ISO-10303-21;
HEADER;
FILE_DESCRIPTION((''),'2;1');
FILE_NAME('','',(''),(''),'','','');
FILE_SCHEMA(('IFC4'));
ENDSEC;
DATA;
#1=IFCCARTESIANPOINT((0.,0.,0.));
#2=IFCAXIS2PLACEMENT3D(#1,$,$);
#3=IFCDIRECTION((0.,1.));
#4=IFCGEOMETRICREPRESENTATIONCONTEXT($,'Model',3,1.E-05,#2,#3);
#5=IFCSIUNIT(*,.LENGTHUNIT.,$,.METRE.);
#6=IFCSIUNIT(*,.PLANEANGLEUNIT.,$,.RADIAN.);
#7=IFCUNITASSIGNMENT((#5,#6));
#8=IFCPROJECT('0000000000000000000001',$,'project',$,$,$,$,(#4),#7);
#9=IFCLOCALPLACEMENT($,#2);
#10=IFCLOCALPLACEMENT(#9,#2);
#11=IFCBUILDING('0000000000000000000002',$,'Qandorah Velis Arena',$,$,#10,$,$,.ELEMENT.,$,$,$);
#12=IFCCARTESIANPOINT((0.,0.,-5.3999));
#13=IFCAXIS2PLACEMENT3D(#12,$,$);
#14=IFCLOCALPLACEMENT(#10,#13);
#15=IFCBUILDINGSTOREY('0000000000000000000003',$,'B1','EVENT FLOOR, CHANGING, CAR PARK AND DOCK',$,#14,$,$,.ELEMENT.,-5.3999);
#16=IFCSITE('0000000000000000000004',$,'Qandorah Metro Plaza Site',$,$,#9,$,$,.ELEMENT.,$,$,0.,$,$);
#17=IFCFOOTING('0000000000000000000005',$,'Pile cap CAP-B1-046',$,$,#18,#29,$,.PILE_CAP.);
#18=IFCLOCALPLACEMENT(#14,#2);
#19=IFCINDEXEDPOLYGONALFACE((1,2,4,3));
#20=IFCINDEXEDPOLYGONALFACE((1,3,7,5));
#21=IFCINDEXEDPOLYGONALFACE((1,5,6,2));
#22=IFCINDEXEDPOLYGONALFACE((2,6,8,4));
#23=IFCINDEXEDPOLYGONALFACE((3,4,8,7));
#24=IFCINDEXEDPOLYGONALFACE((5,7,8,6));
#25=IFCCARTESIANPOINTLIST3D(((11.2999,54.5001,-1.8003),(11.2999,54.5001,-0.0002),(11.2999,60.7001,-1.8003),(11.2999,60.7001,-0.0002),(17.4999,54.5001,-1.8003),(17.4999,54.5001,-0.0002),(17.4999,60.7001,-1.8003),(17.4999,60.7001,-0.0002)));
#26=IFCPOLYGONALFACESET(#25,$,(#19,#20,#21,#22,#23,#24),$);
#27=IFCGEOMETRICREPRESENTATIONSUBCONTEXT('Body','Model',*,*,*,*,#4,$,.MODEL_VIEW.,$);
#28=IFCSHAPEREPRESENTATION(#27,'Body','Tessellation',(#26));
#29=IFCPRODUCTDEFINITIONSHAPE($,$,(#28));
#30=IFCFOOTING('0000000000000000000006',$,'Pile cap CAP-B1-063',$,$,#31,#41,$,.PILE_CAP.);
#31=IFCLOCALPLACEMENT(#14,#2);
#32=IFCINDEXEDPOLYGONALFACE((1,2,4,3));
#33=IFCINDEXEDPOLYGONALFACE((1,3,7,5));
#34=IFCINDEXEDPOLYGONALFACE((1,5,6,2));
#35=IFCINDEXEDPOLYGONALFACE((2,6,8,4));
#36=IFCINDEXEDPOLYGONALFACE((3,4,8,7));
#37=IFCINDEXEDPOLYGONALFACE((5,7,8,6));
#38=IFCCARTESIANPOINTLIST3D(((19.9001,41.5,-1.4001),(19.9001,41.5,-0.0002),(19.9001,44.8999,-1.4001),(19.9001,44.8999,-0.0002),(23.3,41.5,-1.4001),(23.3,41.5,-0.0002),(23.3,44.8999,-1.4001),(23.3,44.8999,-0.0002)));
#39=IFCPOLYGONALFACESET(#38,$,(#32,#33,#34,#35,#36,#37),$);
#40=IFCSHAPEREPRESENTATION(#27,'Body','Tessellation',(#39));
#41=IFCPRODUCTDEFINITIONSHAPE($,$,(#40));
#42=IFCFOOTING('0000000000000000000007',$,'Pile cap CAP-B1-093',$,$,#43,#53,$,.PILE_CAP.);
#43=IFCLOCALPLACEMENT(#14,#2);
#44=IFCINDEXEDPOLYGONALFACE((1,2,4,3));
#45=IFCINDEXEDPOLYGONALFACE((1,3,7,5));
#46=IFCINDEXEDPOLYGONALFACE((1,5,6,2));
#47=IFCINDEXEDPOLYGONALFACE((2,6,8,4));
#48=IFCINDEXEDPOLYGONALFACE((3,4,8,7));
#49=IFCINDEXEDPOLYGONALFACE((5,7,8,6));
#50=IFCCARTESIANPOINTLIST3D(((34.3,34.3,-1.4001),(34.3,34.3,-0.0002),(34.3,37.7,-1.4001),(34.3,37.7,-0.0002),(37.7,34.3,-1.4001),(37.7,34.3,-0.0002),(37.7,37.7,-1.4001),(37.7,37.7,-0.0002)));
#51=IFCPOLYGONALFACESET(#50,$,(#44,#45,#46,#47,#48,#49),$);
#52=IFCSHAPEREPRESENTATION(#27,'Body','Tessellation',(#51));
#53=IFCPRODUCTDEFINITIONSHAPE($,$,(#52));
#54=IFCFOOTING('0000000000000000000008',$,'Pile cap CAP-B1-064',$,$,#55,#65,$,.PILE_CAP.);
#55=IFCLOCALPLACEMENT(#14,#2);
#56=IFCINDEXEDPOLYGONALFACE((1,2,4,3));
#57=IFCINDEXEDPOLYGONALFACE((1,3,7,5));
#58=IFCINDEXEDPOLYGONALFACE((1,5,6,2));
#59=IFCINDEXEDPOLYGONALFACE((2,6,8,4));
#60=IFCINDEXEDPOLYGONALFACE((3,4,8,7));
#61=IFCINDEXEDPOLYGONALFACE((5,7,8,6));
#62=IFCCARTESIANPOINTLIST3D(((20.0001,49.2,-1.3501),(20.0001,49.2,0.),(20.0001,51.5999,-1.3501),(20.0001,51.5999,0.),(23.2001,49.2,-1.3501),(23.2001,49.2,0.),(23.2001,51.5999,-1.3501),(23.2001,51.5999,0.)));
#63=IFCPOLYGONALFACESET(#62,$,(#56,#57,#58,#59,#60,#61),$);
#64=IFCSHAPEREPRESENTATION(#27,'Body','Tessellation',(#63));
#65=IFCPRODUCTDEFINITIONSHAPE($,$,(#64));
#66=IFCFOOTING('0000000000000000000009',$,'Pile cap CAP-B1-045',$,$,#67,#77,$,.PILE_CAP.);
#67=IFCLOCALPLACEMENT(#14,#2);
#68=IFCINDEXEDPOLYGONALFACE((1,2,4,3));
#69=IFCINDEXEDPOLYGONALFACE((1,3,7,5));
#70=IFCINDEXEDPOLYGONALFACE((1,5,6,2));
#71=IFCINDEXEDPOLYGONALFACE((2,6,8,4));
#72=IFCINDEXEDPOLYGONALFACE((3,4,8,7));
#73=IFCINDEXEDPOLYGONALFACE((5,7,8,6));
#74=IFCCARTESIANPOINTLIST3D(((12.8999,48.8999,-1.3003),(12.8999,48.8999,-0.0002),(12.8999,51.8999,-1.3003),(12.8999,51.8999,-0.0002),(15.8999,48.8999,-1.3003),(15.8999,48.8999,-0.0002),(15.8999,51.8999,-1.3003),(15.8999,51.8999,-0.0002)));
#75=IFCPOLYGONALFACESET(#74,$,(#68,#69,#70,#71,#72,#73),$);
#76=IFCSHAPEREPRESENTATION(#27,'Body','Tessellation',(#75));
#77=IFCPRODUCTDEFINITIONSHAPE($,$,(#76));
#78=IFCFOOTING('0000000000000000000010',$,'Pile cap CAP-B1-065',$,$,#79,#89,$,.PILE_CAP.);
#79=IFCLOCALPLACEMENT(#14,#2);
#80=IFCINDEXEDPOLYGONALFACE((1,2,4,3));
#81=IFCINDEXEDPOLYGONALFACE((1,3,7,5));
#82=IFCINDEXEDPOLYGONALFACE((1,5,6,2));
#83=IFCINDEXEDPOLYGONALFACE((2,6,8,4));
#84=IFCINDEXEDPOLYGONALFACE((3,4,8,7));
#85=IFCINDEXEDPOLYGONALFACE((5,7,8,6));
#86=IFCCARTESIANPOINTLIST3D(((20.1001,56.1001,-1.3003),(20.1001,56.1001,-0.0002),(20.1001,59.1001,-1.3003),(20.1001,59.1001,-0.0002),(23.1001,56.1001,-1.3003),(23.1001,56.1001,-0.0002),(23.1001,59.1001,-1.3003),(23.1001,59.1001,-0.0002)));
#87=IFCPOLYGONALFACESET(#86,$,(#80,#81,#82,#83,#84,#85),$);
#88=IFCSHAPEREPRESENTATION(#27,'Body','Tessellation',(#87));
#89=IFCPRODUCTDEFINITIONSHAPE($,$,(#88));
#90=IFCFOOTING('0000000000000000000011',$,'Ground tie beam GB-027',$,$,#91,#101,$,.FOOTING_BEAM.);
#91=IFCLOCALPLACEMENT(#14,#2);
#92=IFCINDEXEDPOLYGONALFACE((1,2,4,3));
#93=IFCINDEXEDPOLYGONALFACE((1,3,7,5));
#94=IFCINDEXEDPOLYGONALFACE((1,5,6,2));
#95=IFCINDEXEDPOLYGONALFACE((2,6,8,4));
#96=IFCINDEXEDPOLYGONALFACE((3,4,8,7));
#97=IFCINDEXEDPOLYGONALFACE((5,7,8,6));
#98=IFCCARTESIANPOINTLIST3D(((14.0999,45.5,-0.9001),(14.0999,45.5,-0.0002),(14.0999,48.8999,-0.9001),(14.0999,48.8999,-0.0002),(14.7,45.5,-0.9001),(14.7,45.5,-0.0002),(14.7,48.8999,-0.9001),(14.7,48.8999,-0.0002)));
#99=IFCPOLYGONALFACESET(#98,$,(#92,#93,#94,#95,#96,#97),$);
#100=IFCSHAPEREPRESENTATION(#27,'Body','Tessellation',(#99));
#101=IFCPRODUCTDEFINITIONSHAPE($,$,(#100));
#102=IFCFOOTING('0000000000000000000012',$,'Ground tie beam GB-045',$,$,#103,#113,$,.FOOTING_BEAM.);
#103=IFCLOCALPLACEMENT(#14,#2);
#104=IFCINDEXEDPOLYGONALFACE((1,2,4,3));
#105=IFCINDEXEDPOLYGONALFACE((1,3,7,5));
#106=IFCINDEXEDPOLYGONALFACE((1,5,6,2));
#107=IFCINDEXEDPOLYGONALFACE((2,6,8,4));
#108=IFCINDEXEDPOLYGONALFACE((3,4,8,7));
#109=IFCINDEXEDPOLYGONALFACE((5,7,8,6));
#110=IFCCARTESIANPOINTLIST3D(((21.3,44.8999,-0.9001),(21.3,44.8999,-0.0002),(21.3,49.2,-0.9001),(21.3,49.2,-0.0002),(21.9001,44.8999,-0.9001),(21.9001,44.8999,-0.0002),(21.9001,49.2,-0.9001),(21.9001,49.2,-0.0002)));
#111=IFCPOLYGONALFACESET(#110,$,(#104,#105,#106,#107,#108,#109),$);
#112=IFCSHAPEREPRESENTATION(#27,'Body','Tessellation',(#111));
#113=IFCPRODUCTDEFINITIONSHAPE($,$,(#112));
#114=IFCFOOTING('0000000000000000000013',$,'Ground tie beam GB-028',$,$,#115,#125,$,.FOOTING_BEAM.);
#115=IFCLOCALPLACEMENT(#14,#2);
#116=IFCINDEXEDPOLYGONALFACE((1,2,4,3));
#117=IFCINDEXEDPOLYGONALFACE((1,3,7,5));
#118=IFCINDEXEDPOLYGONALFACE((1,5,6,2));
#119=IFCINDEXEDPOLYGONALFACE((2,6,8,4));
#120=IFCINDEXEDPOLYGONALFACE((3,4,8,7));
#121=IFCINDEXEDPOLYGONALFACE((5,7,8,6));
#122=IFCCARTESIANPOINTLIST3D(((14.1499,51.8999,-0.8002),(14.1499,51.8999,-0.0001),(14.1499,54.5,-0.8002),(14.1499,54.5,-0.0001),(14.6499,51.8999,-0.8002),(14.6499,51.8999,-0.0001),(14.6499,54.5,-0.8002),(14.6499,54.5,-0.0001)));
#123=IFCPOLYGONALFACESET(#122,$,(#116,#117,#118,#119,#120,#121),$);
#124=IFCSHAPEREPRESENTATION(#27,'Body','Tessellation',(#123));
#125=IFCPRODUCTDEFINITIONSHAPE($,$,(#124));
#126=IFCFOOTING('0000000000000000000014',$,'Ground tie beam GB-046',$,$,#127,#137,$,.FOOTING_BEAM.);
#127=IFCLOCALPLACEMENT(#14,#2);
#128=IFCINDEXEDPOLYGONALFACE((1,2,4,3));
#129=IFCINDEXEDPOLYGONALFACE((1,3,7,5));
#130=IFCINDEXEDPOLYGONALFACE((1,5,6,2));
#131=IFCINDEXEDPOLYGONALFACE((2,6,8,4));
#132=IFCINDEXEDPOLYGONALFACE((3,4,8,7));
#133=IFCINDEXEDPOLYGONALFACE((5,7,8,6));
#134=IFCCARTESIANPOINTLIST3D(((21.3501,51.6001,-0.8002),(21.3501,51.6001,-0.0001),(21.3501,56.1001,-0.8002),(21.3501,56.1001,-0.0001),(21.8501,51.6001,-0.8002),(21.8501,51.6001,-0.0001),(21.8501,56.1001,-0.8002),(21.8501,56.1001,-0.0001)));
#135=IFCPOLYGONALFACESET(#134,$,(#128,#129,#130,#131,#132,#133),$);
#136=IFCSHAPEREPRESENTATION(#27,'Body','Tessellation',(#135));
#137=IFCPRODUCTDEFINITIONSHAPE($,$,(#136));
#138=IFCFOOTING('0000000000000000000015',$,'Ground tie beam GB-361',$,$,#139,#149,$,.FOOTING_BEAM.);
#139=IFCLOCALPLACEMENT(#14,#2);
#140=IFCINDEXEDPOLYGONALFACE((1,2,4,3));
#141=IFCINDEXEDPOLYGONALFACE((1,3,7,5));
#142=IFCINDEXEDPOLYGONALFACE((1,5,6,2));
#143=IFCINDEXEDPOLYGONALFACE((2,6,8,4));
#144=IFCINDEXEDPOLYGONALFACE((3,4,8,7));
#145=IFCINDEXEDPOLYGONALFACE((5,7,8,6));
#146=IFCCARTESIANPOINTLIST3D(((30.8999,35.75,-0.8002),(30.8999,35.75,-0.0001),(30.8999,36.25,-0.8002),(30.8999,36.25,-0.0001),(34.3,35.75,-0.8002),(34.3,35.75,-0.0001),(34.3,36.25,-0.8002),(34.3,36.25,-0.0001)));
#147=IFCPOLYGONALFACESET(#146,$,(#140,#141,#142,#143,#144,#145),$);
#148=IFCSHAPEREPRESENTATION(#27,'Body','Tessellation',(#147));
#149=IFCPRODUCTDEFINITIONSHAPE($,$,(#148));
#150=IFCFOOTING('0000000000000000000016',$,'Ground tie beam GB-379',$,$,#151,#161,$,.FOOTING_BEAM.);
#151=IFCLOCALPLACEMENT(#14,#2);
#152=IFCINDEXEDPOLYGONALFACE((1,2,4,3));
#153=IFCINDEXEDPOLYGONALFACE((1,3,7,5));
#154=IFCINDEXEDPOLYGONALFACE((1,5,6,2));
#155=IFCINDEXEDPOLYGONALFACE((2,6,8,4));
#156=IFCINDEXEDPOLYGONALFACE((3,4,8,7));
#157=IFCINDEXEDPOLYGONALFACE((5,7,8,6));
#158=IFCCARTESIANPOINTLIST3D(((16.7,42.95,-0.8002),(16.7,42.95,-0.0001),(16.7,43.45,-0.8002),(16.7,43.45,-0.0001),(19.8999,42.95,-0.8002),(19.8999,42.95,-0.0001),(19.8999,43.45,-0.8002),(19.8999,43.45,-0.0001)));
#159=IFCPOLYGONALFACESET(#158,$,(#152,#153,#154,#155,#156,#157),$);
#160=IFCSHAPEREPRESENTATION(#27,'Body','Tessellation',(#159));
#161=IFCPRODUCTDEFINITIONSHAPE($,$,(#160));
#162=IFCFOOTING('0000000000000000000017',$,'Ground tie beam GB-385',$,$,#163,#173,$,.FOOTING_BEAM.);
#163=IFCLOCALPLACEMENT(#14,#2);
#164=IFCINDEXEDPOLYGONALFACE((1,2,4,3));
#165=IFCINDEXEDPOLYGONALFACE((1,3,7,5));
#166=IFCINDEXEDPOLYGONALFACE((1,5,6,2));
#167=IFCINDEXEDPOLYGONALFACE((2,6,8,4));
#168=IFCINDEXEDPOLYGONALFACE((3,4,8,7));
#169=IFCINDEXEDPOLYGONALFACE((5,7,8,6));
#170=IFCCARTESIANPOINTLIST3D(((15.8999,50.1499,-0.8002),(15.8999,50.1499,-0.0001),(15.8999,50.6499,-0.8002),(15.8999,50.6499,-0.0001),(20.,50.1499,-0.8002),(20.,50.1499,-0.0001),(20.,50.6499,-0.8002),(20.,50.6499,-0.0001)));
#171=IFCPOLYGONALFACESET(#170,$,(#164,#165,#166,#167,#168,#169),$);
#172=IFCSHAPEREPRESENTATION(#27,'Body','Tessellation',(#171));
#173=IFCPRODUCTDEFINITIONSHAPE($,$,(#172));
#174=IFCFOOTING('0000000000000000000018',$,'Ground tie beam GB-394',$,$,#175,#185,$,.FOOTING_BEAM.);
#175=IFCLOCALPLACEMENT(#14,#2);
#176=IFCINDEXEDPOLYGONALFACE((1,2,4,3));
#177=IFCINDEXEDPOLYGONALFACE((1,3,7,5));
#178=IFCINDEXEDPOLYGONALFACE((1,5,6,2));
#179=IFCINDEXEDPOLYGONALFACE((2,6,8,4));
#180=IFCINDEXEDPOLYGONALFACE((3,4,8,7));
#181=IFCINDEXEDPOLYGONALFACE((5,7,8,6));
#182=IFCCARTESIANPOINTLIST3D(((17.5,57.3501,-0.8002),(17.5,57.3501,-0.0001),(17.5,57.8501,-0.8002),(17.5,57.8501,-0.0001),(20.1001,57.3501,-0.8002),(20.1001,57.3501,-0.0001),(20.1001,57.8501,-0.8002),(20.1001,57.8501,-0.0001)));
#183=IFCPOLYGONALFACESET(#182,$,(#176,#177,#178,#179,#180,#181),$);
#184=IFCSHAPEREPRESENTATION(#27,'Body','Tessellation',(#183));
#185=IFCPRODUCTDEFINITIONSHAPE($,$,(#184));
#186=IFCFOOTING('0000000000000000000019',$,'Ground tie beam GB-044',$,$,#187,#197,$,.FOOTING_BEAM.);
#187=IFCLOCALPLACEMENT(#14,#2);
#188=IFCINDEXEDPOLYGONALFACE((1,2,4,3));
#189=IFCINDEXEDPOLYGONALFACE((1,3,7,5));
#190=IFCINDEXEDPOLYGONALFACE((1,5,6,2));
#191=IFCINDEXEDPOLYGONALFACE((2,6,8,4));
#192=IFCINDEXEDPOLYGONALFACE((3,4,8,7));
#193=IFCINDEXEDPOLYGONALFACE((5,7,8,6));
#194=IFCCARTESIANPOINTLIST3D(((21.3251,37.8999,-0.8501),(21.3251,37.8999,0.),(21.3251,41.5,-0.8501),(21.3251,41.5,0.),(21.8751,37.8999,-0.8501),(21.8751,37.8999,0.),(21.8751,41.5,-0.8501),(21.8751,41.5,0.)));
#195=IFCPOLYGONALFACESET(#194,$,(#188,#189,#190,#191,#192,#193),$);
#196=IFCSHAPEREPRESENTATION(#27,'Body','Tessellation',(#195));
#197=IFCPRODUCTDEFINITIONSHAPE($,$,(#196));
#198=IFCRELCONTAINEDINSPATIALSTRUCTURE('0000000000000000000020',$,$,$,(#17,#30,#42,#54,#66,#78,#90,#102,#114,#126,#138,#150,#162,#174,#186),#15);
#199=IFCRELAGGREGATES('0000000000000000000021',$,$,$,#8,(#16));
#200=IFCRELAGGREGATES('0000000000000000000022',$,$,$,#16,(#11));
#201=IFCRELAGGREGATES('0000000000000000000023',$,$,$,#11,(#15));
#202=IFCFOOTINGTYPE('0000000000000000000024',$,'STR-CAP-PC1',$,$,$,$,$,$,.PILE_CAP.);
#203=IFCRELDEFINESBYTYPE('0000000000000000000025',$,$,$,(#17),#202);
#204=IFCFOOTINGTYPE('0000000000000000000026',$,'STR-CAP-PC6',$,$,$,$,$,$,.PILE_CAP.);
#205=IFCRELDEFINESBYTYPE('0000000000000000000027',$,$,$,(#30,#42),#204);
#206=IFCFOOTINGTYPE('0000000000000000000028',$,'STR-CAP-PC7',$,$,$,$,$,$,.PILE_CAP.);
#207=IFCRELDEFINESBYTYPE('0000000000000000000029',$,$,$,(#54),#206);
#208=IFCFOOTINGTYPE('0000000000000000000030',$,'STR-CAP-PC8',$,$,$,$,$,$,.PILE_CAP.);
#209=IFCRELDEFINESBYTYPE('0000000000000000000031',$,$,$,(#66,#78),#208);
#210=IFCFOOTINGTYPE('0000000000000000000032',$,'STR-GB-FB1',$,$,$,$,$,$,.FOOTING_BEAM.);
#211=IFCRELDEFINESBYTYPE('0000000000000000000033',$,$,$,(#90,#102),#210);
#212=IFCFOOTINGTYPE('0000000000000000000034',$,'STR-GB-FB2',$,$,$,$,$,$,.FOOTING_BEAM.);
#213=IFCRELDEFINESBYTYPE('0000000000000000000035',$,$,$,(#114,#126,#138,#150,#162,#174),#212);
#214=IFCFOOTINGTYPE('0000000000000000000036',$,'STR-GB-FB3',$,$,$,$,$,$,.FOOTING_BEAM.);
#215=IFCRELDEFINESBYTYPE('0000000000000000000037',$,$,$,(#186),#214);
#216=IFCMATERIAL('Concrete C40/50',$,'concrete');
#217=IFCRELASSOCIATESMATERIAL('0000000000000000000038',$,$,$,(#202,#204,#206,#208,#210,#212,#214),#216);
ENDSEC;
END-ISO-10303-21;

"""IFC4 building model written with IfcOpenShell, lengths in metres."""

from ifc_helpers import new_model, si_unit, direction, frame, origin, origin_2d, place, context, subcontext, project, spatial, rectangle, extrude, material, material_profile, profile_set, type_object, element, save


model = new_model("IFC4")

# Units and contexts
model_context = context("Model", 3, precision=1e-05, world=origin(), true_north=direction((0.0, 1.0)))
body_context = subcontext(model_context, "Body", "Model", "MODEL_VIEW")
ifc_project = project(units=[si_unit("LENGTHUNIT", "METRE"), si_unit("PLANEANGLEUNIT", "RADIAN")], contexts=[model_context])

# Site, building, storey
site_placement = place(None, origin())
site = spatial("IfcSite", under=ifc_project, at=site_placement, Name="Qandorah Metro Plaza Site", CompositionType="ELEMENT", RefElevation=0.0)
building_placement = place(site_placement, origin())
building = spatial("IfcBuilding", under=site, at=building_placement, Name="Qandorah Velis Arena", CompositionType="ELEMENT")
storey_placement = place(building_placement, frame((0.0, 0.0, -5.3999)))
storey = spatial("IfcBuildingStorey", under=building, at=storey_placement, Name="B1", Description="EVENT FLOOR, CHANGING, CAR PARK AND DOCK", CompositionType="ELEMENT", Elevation=-5.3999)

# Footings
ifc_material_1 = material(Name="Concrete C40/50", Category="concrete")
footing_type_1 = type_object("IfcFootingType", Name="STR-CAP-PC1", PredefinedType="PILE_CAP", material=ifc_material_1)
footing_1_placement = place(storey_placement, frame((14.3999, 57.6001, -1.8003), z_axis=(0.0, 0.0, 1.0), x_axis=(1.0, 0.0, 0.0)))
element("IfcFooting", 1, at=footing_1_placement, inside=storey, type_object=footing_type_1, Name="Pile cap CAP-B1-046", PredefinedType="PILE_CAP", context=body_context, shape_type="SweptSolid", body=[
    extrude(rectangle(XDim=6.2, YDim=6.2, at=origin_2d()), origin(), (0.0, 0.0, 1.0), 1.8),
])
footing_type_2 = type_object("IfcFootingType", Name="STR-CAP-PC6", PredefinedType="PILE_CAP", material=ifc_material_1)
for number, where, z_axis, x_axis, name in (
    (2, (21.6001, 43.2, -1.4001), (0.0, 0.0, 1.0), (1.0, 0.0, 0.0), "Pile cap CAP-B1-063"),
    (3, (36.0, 36.0, -1.4001), (0.0, 0.0, 1.0), (1.0, 0.0, 0.0), "Pile cap CAP-B1-093"),
):
    element("IfcFooting", number, at=place(storey_placement, frame(where, z_axis=z_axis, x_axis=x_axis)), inside=storey, type_object=footing_type_2, Name=name, PredefinedType="PILE_CAP", context=body_context, shape_type="SweptSolid", body=[
        extrude(rectangle(XDim=3.3999, YDim=3.3999, at=origin_2d()), origin(), (0.0, 0.0, 1.0), 1.3999),
    ])
footing_type_3 = type_object("IfcFootingType", Name="STR-CAP-PC7", PredefinedType="PILE_CAP", material=ifc_material_1)
footing_2_placement = place(storey_placement, frame((21.6001, 50.3999, -1.3501), z_axis=(0.0, 0.0, 1.0), x_axis=(1.0, 0.0, 0.0)))
element("IfcFooting", 4, at=footing_2_placement, inside=storey, type_object=footing_type_3, Name="Pile cap CAP-B1-064", PredefinedType="PILE_CAP", context=body_context, shape_type="SweptSolid", body=[
    extrude(rectangle(XDim=3.2, YDim=2.3999, at=origin_2d()), origin(), (0.0, 0.0, 1.0), 1.3501),
])
footing_type_4 = type_object("IfcFootingType", Name="STR-CAP-PC8", PredefinedType="PILE_CAP", material=ifc_material_1)
for number, where, z_axis, x_axis, name in (
    (5, (14.3999, 50.3999, -1.3003), (0.0, 0.0, 1.0), (1.0, 0.0, 0.0), "Pile cap CAP-B1-045"),
    (6, (21.6001, 57.6001, -1.3003), (0.0, 0.0, 1.0), (1.0, 0.0, 0.0), "Pile cap CAP-B1-065"),
):
    element("IfcFooting", number, at=place(storey_placement, frame(where, z_axis=z_axis, x_axis=x_axis)), inside=storey, type_object=footing_type_4, Name=name, PredefinedType="PILE_CAP", context=body_context, shape_type="SweptSolid", body=[
        extrude(rectangle(XDim=3.0, YDim=3.0, at=origin_2d()), origin(), (0.0, 0.0, 1.0), 1.3),
    ])
ifc_material_profile_1 = material_profile(ifc_material_1, rectangle(XDim=0.6001, YDim=0.8999, at=origin_2d()), Name="GB1 600x900")
ifc_profile_set_1 = profile_set([ifc_material_profile_1], Name="Concrete C40/50")
footing_type_5 = type_object("IfcFootingType", Name="STR-GB-FB1", PredefinedType="FOOTING_BEAM", material=ifc_profile_set_1)
footing_3_placement = place(storey_placement, frame((14.3999, 45.5, -0.4502), z_axis=(0.0, 1.0, 0.0), x_axis=(-1.0, 0.0, 0.0)))
element("IfcFooting", 7, at=footing_3_placement, inside=storey, type_object=footing_type_5, Name="Ground tie beam GB-027", PredefinedType="FOOTING_BEAM", context=body_context, shape_type="SweptSolid", body=[
    extrude(rectangle(XDim=0.6001, YDim=0.8999, at=origin_2d()), origin(), (0.0, 0.0, 1.0), 3.3999),
])
footing_4_placement = place(storey_placement, frame((21.6001, 44.8999, -0.4502), z_axis=(0.0, 1.0, 0.0), x_axis=(-1.0, 0.0, 0.0)))
element("IfcFooting", 8, at=footing_4_placement, inside=storey, type_object=footing_type_5, Name="Ground tie beam GB-045", PredefinedType="FOOTING_BEAM", context=body_context, shape_type="SweptSolid", body=[
    extrude(rectangle(XDim=0.6001, YDim=0.8999, at=origin_2d()), origin(), (0.0, 0.0, 1.0), 4.3),
])
ifc_material_profile_2 = material_profile(ifc_material_1, rectangle(XDim=0.5, YDim=0.8, at=origin_2d()), Name="GB2 500x800")
ifc_profile_set_2 = profile_set([ifc_material_profile_2], Name="Concrete C40/50")
footing_type_6 = type_object("IfcFootingType", Name="STR-GB-FB2", PredefinedType="FOOTING_BEAM", material=ifc_profile_set_2)
footing_5_placement = place(storey_placement, frame((14.3999, 51.8999, -0.4001), z_axis=(0.0, 1.0, 0.0), x_axis=(-1.0, 0.0, 0.0)))
element("IfcFooting", 9, at=footing_5_placement, inside=storey, type_object=footing_type_6, Name="Ground tie beam GB-028", PredefinedType="FOOTING_BEAM", context=body_context, shape_type="SweptSolid", body=[
    extrude(rectangle(XDim=0.5, YDim=0.8, at=origin_2d()), origin(), (0.0, 0.0, 1.0), 2.6001),
])
footing_6_placement = place(storey_placement, frame((21.6001, 51.6001, -0.4001), z_axis=(0.0, 1.0, 0.0), x_axis=(-1.0, 0.0, 0.0)))
element("IfcFooting", 10, at=footing_6_placement, inside=storey, type_object=footing_type_6, Name="Ground tie beam GB-046", PredefinedType="FOOTING_BEAM", context=body_context, shape_type="SweptSolid", body=[
    extrude(rectangle(XDim=0.5, YDim=0.8, at=origin_2d()), origin(), (0.0, 0.0, 1.0), 4.5),
])
footing_7_placement = place(storey_placement, frame((30.8999, 36.0, -0.4001), z_axis=(1.0, 0.0, 0.0), x_axis=(0.0, 1.0, 0.0)))
element("IfcFooting", 11, at=footing_7_placement, inside=storey, type_object=footing_type_6, Name="Ground tie beam GB-361", PredefinedType="FOOTING_BEAM", context=body_context, shape_type="SweptSolid", body=[
    extrude(rectangle(XDim=0.5, YDim=0.8, at=origin_2d()), origin(), (0.0, 0.0, 1.0), 3.4001),
])
footing_8_placement = place(storey_placement, frame((16.7, 43.2, -0.4001), z_axis=(1.0, 0.0, 0.0), x_axis=(0.0, 1.0, 0.0)))
element("IfcFooting", 12, at=footing_8_placement, inside=storey, type_object=footing_type_6, Name="Ground tie beam GB-379", PredefinedType="FOOTING_BEAM", context=body_context, shape_type="SweptSolid", body=[
    extrude(rectangle(XDim=0.5, YDim=0.8, at=origin_2d()), origin(), (0.0, 0.0, 1.0), 3.2),
])
footing_9_placement = place(storey_placement, frame((15.8999, 50.3999, -0.4001), z_axis=(1.0, 0.0, 0.0), x_axis=(0.0, 1.0, 0.0)))
element("IfcFooting", 13, at=footing_9_placement, inside=storey, type_object=footing_type_6, Name="Ground tie beam GB-385", PredefinedType="FOOTING_BEAM", context=body_context, shape_type="SweptSolid", body=[
    extrude(rectangle(XDim=0.5, YDim=0.8, at=origin_2d()), origin(), (0.0, 0.0, 1.0), 4.1001),
])
footing_10_placement = place(storey_placement, frame((17.5, 57.6001, -0.4001), z_axis=(1.0, 0.0, 0.0), x_axis=(0.0, 1.0, 0.0)))
element("IfcFooting", 14, at=footing_10_placement, inside=storey, type_object=footing_type_6, Name="Ground tie beam GB-394", PredefinedType="FOOTING_BEAM", context=body_context, shape_type="SweptSolid", body=[
    extrude(rectangle(XDim=0.5, YDim=0.8, at=origin_2d()), origin(), (0.0, 0.0, 1.0), 2.6001),
])
ifc_material_profile_3 = material_profile(ifc_material_1, rectangle(XDim=0.55, YDim=0.8501, at=origin_2d()), Name="GB3 550x850")
ifc_profile_set_3 = profile_set([ifc_material_profile_3], Name="Concrete C40/50")
footing_type_7 = type_object("IfcFootingType", Name="STR-GB-FB3", PredefinedType="FOOTING_BEAM", material=ifc_profile_set_3)
footing_11_placement = place(storey_placement, frame((21.6001, 37.8999, -0.425), z_axis=(0.0, 1.0, 0.0), x_axis=(-1.0, 0.0, 0.0)))
element("IfcFooting", 15, at=footing_11_placement, inside=storey, type_object=footing_type_7, Name="Ground tie beam GB-044", PredefinedType="FOOTING_BEAM", context=body_context, shape_type="SweptSolid", body=[
    extrude(rectangle(XDim=0.55, YDim=0.8501, at=origin_2d()), origin(), (0.0, 0.0, 1.0), 3.6001),
])

save(model, "model.ifc")
